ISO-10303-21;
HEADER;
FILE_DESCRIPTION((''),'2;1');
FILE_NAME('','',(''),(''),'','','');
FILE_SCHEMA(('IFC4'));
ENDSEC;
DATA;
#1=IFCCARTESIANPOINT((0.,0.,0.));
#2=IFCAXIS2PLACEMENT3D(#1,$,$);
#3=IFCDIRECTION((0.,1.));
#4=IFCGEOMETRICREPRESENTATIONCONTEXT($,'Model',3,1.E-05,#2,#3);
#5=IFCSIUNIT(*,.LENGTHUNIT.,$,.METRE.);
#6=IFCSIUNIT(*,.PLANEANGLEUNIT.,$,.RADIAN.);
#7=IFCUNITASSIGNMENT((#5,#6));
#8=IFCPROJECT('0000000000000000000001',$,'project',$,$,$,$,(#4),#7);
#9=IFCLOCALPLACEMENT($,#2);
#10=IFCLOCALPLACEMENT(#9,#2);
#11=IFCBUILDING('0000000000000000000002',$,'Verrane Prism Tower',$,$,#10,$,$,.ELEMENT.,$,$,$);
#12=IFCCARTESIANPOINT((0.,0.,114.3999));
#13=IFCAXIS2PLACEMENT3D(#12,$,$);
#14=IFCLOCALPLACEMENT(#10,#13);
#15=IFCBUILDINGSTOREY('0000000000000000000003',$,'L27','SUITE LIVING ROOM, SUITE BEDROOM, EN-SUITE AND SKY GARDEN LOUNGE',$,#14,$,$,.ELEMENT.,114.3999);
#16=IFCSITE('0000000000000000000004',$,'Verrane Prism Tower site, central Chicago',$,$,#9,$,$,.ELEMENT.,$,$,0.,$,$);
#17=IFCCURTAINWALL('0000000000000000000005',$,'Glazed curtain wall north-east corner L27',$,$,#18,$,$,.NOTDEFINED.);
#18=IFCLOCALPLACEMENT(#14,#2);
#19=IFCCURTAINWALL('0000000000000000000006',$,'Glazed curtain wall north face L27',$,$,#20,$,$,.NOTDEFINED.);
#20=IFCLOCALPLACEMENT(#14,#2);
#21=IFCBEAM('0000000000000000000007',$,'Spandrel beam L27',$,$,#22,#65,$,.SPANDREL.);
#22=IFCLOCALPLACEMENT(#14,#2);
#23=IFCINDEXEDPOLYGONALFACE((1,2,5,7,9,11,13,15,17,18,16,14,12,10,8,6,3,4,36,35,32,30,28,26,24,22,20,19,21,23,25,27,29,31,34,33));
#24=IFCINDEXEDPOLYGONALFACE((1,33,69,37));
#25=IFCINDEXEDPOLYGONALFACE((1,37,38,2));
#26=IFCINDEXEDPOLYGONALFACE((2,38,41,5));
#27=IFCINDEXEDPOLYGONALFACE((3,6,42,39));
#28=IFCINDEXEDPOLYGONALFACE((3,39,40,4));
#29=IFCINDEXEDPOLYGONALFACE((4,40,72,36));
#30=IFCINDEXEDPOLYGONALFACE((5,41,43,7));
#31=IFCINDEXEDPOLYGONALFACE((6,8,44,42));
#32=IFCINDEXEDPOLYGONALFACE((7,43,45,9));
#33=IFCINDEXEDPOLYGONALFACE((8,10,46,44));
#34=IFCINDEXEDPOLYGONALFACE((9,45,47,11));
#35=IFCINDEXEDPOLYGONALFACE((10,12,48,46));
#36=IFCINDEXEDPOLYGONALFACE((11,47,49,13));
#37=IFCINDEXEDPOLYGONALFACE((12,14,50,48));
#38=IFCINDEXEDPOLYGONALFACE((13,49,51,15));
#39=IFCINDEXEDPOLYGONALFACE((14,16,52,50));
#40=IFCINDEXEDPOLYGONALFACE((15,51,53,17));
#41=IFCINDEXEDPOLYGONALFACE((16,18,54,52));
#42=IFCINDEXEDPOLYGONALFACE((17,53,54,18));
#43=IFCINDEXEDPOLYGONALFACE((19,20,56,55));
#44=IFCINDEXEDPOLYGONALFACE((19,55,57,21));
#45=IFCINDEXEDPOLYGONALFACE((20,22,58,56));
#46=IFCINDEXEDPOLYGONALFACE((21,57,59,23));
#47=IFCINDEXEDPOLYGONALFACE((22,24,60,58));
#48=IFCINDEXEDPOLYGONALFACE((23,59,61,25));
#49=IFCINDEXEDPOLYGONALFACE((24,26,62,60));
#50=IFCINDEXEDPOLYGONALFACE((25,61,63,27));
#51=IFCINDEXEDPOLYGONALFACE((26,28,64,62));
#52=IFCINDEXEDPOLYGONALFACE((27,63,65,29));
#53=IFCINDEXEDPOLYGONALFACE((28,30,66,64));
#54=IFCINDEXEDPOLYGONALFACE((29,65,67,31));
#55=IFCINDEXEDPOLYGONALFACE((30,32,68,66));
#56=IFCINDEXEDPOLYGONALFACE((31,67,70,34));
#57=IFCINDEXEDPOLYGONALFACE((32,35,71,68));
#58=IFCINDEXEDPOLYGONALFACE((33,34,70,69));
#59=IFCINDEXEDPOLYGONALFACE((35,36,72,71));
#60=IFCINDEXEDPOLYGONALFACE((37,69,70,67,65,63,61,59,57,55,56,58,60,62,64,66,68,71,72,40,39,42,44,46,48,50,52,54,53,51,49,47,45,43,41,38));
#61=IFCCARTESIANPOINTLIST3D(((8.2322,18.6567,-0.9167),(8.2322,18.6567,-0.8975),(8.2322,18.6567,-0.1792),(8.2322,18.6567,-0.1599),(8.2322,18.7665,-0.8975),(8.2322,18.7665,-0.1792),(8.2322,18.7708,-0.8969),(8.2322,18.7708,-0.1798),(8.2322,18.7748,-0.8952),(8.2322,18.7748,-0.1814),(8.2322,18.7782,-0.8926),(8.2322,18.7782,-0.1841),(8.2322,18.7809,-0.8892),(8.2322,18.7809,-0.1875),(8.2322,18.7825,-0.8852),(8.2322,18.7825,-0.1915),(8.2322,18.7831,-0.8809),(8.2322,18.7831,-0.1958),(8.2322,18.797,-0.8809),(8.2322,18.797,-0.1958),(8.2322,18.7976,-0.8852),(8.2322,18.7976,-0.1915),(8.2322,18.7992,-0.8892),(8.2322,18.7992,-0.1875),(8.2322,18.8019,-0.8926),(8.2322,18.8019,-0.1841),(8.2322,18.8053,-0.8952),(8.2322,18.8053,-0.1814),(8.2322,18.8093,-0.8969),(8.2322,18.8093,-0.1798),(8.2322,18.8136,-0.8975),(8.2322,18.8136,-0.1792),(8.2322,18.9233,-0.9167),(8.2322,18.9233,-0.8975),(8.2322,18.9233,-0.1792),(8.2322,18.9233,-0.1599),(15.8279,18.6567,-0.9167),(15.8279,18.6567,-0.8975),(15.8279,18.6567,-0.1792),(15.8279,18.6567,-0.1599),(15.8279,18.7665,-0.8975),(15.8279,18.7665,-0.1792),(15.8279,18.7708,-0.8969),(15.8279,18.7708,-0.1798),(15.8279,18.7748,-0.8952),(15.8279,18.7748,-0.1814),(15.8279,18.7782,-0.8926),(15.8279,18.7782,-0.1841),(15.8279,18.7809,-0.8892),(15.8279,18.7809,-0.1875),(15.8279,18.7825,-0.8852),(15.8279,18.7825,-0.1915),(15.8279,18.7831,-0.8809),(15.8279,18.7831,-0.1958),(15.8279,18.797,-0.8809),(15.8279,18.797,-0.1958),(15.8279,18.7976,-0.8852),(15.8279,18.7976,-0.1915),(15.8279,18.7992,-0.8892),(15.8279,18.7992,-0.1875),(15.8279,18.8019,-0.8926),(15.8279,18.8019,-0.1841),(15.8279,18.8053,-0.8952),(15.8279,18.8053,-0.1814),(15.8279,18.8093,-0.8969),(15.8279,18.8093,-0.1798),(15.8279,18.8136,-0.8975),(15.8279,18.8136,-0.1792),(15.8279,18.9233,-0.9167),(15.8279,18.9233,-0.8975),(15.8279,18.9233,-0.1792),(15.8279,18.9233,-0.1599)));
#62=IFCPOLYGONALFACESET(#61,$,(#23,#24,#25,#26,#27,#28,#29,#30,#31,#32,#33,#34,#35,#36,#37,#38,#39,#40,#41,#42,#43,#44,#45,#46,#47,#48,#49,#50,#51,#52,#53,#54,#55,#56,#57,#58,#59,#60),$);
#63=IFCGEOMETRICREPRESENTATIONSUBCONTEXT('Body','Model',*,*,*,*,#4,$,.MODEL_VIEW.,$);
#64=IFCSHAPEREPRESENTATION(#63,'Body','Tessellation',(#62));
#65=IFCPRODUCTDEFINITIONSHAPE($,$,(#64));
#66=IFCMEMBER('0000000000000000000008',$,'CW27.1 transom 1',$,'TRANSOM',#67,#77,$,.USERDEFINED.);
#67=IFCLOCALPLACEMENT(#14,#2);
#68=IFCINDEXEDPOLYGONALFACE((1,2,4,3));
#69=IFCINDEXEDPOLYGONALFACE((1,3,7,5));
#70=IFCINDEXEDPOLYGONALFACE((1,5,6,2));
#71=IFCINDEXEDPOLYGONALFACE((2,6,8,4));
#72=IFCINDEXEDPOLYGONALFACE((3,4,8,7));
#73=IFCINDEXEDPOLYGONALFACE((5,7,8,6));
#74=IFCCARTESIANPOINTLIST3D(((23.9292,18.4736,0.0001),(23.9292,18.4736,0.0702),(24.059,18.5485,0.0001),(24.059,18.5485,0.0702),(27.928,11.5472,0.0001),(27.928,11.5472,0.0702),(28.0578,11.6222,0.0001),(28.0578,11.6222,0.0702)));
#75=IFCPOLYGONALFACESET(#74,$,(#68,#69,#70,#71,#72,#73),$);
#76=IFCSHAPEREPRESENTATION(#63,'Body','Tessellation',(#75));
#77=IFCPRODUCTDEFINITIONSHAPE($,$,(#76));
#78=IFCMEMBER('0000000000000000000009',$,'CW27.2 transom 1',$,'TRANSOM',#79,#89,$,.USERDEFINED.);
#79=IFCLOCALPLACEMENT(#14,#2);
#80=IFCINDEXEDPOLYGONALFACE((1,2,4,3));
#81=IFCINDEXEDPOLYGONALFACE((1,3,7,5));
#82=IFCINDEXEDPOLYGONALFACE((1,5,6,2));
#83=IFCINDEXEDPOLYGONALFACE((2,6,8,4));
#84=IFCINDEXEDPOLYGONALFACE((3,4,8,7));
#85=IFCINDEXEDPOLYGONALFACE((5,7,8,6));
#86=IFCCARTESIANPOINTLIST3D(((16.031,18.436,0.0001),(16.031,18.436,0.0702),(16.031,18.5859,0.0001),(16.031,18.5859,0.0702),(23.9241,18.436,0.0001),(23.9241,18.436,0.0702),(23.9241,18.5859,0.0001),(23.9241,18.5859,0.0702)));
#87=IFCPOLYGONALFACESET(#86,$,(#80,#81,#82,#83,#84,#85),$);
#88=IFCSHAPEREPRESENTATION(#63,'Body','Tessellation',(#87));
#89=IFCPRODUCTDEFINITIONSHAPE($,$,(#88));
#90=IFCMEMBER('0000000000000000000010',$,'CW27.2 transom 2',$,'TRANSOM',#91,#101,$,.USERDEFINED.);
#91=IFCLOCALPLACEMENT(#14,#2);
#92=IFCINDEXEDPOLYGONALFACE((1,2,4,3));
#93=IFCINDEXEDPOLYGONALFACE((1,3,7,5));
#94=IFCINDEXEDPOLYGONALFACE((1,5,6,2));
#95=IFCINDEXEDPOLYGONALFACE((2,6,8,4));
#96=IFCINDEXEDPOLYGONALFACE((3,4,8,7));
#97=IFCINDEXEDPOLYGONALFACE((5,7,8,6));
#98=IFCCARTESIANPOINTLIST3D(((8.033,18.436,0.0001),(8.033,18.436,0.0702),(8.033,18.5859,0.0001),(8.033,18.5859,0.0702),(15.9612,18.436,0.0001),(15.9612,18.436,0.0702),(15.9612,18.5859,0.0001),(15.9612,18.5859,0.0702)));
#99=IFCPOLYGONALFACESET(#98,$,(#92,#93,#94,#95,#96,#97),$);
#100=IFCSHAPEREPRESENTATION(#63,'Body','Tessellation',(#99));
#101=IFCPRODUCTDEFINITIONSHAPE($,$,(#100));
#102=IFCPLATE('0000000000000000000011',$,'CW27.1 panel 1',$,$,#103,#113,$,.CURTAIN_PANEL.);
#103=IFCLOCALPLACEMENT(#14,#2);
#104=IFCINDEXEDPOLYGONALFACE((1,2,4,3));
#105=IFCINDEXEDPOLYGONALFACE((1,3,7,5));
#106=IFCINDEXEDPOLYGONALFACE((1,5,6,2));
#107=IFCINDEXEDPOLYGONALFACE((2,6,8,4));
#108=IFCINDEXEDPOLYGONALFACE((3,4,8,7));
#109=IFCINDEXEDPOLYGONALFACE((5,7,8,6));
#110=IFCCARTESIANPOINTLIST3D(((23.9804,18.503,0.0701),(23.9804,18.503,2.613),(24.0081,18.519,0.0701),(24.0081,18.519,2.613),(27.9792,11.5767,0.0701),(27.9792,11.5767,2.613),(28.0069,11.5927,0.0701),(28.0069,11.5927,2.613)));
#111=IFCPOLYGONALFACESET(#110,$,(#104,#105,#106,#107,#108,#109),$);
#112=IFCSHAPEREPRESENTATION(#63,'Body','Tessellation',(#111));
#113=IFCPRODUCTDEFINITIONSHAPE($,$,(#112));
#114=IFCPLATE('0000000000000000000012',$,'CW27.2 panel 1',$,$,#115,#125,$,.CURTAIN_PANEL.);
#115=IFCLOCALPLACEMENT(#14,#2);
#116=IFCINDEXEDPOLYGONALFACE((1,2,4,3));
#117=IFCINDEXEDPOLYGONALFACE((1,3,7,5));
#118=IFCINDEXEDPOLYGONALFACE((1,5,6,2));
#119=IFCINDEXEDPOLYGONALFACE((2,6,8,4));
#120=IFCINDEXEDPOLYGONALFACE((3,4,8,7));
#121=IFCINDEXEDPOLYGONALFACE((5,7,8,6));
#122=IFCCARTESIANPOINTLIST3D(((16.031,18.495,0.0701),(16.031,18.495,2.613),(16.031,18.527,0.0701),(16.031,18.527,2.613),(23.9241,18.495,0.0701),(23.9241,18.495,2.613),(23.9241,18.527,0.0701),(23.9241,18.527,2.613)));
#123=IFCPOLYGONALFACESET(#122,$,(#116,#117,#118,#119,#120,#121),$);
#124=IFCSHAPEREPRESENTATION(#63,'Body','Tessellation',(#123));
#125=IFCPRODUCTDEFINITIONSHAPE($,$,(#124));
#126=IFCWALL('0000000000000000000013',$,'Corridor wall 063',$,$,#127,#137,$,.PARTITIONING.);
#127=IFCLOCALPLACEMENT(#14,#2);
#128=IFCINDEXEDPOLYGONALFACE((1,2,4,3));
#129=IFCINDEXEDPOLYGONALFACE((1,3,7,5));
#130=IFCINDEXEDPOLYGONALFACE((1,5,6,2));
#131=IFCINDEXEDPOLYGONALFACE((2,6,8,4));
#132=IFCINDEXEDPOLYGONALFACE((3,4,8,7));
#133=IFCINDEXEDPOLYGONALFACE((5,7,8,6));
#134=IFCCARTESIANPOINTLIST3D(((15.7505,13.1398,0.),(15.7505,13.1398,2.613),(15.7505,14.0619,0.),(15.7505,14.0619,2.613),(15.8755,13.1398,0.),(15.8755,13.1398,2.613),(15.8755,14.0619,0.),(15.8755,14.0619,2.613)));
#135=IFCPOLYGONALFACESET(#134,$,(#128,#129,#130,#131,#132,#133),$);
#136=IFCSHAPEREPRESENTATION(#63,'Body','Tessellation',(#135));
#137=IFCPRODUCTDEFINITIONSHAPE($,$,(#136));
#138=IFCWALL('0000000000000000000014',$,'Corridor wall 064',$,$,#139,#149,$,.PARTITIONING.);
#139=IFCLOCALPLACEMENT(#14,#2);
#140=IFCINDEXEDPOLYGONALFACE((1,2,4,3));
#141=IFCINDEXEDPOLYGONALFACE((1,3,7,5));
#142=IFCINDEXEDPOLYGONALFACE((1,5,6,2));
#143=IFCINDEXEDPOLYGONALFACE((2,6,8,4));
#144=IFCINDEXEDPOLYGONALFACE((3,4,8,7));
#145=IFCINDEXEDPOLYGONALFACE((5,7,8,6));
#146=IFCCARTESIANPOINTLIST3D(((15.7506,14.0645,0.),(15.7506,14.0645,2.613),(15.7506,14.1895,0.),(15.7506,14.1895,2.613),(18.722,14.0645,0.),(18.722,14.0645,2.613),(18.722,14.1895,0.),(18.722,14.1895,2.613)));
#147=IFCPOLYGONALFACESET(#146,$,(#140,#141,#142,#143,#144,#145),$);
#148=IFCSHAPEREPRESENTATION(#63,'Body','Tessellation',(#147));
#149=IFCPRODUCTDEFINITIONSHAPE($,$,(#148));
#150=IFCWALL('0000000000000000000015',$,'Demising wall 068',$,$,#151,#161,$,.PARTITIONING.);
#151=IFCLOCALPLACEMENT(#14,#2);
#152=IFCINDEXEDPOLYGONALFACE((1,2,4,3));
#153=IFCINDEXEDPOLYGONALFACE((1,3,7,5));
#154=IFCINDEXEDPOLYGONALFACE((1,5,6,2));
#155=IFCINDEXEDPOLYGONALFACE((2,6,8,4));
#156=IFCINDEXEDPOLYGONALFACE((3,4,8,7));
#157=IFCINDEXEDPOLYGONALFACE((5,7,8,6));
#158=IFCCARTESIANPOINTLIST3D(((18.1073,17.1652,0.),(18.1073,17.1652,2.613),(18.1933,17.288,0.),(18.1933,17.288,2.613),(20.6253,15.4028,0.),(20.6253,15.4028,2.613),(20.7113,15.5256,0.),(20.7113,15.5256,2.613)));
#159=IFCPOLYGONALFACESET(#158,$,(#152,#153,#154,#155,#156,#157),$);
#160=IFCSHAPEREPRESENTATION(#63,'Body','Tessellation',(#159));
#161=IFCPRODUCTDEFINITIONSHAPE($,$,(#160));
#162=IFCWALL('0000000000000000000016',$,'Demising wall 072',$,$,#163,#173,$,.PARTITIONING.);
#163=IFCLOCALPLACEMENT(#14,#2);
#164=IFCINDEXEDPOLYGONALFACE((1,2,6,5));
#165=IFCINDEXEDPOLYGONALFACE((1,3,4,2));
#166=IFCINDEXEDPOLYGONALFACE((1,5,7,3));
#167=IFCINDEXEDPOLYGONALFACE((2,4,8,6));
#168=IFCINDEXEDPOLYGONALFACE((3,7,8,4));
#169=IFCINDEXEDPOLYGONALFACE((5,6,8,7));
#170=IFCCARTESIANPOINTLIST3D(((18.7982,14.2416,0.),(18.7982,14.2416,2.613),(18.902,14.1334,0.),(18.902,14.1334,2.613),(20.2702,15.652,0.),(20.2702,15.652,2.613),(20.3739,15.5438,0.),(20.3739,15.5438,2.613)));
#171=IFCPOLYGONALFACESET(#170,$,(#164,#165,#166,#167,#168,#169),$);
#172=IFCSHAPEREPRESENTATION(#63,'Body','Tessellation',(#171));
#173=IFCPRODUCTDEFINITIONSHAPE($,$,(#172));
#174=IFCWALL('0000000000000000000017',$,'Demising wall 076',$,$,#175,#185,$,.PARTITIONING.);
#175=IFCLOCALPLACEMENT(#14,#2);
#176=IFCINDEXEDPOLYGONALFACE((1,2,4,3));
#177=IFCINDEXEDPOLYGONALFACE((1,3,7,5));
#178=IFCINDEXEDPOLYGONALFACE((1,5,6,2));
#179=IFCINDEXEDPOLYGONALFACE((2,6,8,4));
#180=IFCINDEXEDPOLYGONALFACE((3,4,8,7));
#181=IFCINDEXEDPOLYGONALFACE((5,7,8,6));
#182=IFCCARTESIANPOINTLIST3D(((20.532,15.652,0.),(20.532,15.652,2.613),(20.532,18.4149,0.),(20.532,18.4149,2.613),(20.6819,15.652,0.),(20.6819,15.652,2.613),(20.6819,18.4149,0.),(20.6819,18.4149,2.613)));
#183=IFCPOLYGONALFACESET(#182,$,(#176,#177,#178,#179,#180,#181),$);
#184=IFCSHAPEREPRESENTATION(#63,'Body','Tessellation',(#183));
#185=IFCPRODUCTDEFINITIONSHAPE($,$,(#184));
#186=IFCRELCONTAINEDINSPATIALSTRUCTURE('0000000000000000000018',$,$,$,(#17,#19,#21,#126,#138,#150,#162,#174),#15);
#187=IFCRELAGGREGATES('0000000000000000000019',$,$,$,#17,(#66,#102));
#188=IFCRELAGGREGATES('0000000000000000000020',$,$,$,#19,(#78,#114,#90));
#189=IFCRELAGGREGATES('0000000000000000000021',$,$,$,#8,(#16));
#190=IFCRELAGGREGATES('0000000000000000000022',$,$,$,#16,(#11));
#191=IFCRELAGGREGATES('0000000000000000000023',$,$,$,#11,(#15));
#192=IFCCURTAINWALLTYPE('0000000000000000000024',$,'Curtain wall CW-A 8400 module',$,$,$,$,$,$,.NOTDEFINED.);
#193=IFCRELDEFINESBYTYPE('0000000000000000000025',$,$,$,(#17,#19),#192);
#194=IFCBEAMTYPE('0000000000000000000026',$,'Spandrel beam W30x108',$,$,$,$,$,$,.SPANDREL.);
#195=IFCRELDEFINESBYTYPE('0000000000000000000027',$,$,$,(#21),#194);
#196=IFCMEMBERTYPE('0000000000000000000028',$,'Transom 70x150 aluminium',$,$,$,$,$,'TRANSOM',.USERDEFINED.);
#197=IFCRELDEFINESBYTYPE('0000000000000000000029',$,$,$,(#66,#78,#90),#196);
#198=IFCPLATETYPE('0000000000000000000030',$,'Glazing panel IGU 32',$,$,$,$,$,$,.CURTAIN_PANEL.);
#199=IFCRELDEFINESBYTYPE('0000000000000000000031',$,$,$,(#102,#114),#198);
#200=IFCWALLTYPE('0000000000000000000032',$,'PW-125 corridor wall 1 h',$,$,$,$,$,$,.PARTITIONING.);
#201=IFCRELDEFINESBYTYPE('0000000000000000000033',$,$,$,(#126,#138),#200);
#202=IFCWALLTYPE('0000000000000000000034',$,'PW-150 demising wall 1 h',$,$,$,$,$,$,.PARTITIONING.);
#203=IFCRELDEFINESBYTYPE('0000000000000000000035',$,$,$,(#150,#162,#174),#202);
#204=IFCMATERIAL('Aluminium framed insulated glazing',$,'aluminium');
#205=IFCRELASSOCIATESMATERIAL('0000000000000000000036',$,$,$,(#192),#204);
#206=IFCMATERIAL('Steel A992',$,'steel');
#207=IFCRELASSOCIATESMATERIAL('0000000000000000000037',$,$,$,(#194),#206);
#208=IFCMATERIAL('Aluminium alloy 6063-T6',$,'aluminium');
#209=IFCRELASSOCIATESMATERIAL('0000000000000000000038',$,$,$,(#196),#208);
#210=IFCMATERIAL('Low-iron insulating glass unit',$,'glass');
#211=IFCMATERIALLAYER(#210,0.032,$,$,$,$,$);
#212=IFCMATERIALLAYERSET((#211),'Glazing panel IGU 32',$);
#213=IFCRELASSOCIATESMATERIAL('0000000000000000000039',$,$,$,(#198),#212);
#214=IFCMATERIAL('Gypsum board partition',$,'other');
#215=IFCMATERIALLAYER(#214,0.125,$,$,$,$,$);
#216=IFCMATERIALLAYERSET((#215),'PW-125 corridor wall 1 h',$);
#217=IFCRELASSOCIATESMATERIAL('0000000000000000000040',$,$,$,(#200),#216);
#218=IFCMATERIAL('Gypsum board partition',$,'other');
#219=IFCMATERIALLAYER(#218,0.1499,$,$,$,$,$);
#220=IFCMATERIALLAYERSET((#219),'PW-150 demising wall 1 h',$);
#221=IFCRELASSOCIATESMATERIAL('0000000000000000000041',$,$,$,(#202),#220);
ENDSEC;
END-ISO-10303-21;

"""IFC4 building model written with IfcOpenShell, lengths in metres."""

from ifc_helpers import new_model, si_unit, direction, frame, frame_2d, origin, origin_2d, place, context, subcontext, project, spatial, rectangle, i_section, extrude, material, layer, layer_set, material_profile, profile_set, type_object, element, aggregate, save


model = new_model("IFC4")

# Units and contexts
model_context = context("Model", 3, precision=1e-05, world=origin(), true_north=direction((0.0, 1.0)))
body_context = subcontext(model_context, "Body", "Model", "MODEL_VIEW")
ifc_project = project(units=[si_unit("LENGTHUNIT", "METRE"), si_unit("PLANEANGLEUNIT", "RADIAN")], contexts=[model_context])

# Site, building, storey
site_placement = place(None, origin())
site = spatial("IfcSite", under=ifc_project, at=site_placement, Name="Verrane Prism Tower site, central Chicago", CompositionType="ELEMENT", RefElevation=0.0)
building_placement = place(site_placement, origin())
building = spatial("IfcBuilding", under=site, at=building_placement, Name="Verrane Prism Tower", CompositionType="ELEMENT")
storey_placement = place(building_placement, frame((0.0, 0.0, 114.3999)))
storey = spatial("IfcBuildingStorey", under=building, at=storey_placement, Name="L27", Description="SUITE LIVING ROOM, SUITE BEDROOM, EN-SUITE AND SKY GARDEN LOUNGE", CompositionType="ELEMENT", Elevation=114.3999)

# Curtain wall
ifc_material_1 = material(Name="Aluminium framed insulated glazing", Category="aluminium")
curtain_wall_type = type_object("IfcCurtainWallType", Name="Curtain wall CW-A 8400 module", PredefinedType="NOTDEFINED", material=ifc_material_1)
curtain_wall_1_placement = place(storey_placement, origin())
curtain_wall_1 = element("IfcCurtainWall", 1, at=curtain_wall_1_placement, inside=storey, type_object=curtain_wall_type, Name="Glazed curtain wall north-east corner L27", PredefinedType="NOTDEFINED")

# Curtain wall
curtain_wall_2_placement = place(storey_placement, origin())
curtain_wall_2 = element("IfcCurtainWall", 2, at=curtain_wall_2_placement, inside=storey, type_object=curtain_wall_type, Name="Glazed curtain wall north face L27", PredefinedType="NOTDEFINED")

# Beam
ifc_material_2 = material(Name="Steel A992", Category="steel")
ifc_material_profile_1 = material_profile(ifc_material_2, i_section(OverallWidth=0.2666, OverallDepth=0.7568, WebThickness=0.0139, FlangeThickness=0.0193, FilletRadius=0.0166, at=origin_2d()), Name="W30x108")
ifc_profile_set_1 = profile_set([ifc_material_profile_1], Name="Steel A992")
beam_type_1 = type_object("IfcBeamType", Name="Spandrel beam W30x108", PredefinedType="SPANDREL", material=ifc_profile_set_1)
beam_1_placement = place(storey_placement, frame((15.8279, 18.79, -0.5383), z_axis=(-1.0, 0.0, 0.0), x_axis=(0.0, -1.0, 0.0)))
element("IfcBeam", 3, at=beam_1_placement, inside=storey, type_object=beam_type_1, Name="Spandrel beam L27", PredefinedType="SPANDREL", context=body_context, shape_type="SweptSolid", body=[
    extrude(i_section(OverallWidth=0.2666, OverallDepth=0.7568, WebThickness=0.0139, FlangeThickness=0.0193, FilletRadius=0.0166, at=origin_2d()), origin(), (0.0, 0.0, 1.0), 7.5957),
])

# Members
ifc_material_3 = material(Name="Aluminium alloy 6063-T6", Category="aluminium")
ifc_material_profile_2 = material_profile(ifc_material_3, rectangle(XDim=0.1499, YDim=0.0701, at=origin_2d()), Name="Transom 70x150 aluminium")
ifc_profile_set_2 = profile_set([ifc_material_profile_2], Name="Aluminium alloy 6063-T6")
member_type_1 = type_object("IfcMemberType", Name="Transom 70x150 aluminium", ElementType="TRANSOM", PredefinedType="USERDEFINED", material=ifc_profile_set_2)
member_1_placement = place(storey_placement, frame((27.9929, 11.5847, 0.0352), z_axis=(-0.49999, 0.866031, 0.0), x_axis=(-0.866031, -0.49999, 0.0)))
member_1 = element("IfcMember", 4, at=member_1_placement, type_object=member_type_1, Name="CW27.1 transom 1", ObjectType="TRANSOM", PredefinedType="USERDEFINED", context=body_context, shape_type="SweptSolid", body=[
    extrude(rectangle(XDim=0.1499, YDim=0.0701, at=origin_2d()), origin(), (0.0, 0.0, 1.0), 7.9978),
])
member_2_placement = place(storey_placement, frame((23.9241, 18.511, 0.0352), z_axis=(-1.0, 0.0, 0.0), x_axis=(0.0, -1.0, 0.0)))
member_2 = element("IfcMember", 5, at=member_2_placement, type_object=member_type_1, Name="CW27.2 transom 1", ObjectType="TRANSOM", PredefinedType="USERDEFINED", context=body_context, shape_type="SweptSolid", body=[
    extrude(rectangle(XDim=0.1499, YDim=0.0701, at=origin_2d()), origin(), (0.0, 0.0, 1.0), 7.8931),
])
member_3_placement = place(storey_placement, frame((15.9612, 18.511, 0.0352), z_axis=(-1.0, 0.0, 0.0), x_axis=(0.0, -1.0, 0.0)))
member_3 = element("IfcMember", 6, at=member_3_placement, type_object=member_type_1, Name="CW27.2 transom 2", ObjectType="TRANSOM", PredefinedType="USERDEFINED", context=body_context, shape_type="SweptSolid", body=[
    extrude(rectangle(XDim=0.1499, YDim=0.0701, at=origin_2d()), origin(), (0.0, 0.0, 1.0), 7.9282),
])

# Plates
ifc_material_4 = material(Name="Low-iron insulating glass unit", Category="glass")
ifc_layer_1 = layer(ifc_material_4, 0.032)
ifc_layer_set_1 = layer_set([ifc_layer_1], Name="Glazing panel IGU 32")
plate_type = type_object("IfcPlateType", Name="Glazing panel IGU 32", PredefinedType="CURTAIN_PANEL", material=ifc_layer_set_1)
plate_1_placement = place(storey_placement, frame((25.9937, 15.0479, 0.0701), z_axis=(0.0, 0.0, 1.0), x_axis=(-0.499996, 0.866028, 0.0)))
plate_1 = element("IfcPlate", 7, at=plate_1_placement, type_object=plate_type, Name="CW27.1 panel 1", PredefinedType="CURTAIN_PANEL", context=body_context, shape_type="SweptSolid", body=[
    extrude(rectangle(XDim=7.9978, YDim=0.032, at=origin_2d()), origin(), (0.0, 0.0, 1.0), 2.543),
])
aggregate(curtain_wall_1, [member_1, plate_1])
plate_2_placement = place(storey_placement, frame((19.9775, 18.511, 0.0701), z_axis=(0.0, 0.0, 1.0), x_axis=(-1.0, 0.0, 0.0)))
plate_2 = element("IfcPlate", 8, at=plate_2_placement, type_object=plate_type, Name="CW27.2 panel 1", PredefinedType="CURTAIN_PANEL", context=body_context, shape_type="SweptSolid", body=[
    extrude(rectangle(XDim=7.8931, YDim=0.032, at=origin_2d()), origin(), (0.0, 0.0, 1.0), 2.543),
])
aggregate(curtain_wall_2, [member_2, plate_2, member_3])

# Walls
ifc_material_5 = material(Name="Gypsum board partition", Category="other")
ifc_layer_2 = layer(ifc_material_5, 0.125)
ifc_layer_set_2 = layer_set([ifc_layer_2], Name="PW-125 corridor wall 1 h")
wall_type_1 = type_object("IfcWallType", Name="PW-125 corridor wall 1 h", PredefinedType="PARTITIONING", material=ifc_layer_set_2)
wall_1_placement = place(storey_placement, frame((15.813, 13.1399, 0.0), z_axis=(0.0, 0.0, 1.0), x_axis=(0.0, 1.0, 0.0)))
element("IfcWall", 9, at=wall_1_placement, inside=storey, type_object=wall_type_1, Name="Corridor wall 063", PredefinedType="PARTITIONING", context=body_context, shape_type="SweptSolid", body=[
    extrude(rectangle(XDim=0.9221, YDim=0.125, at=frame_2d((0.4609, 0.0))), origin(), (0.0, 0.0, 1.0), 2.613),
])
wall_2_placement = place(storey_placement, frame((15.7505, 14.127, 0.0), z_axis=(0.0, 0.0, 1.0), x_axis=(1.0, 0.0, 0.0)))
element("IfcWall", 10, at=wall_2_placement, inside=storey, type_object=wall_type_1, Name="Corridor wall 064", PredefinedType="PARTITIONING", context=body_context, shape_type="SweptSolid", body=[
    extrude(rectangle(XDim=2.9714, YDim=0.125, at=frame_2d((1.4858, 0.0))), origin(), (0.0, 0.0, 1.0), 2.613),
])
ifc_material_6 = material(Name="Gypsum board partition", Category="other")
ifc_layer_3 = layer(ifc_material_6, 0.1499)
ifc_layer_set_3 = layer_set([ifc_layer_3], Name="PW-150 demising wall 1 h")
wall_type_2 = type_object("IfcWallType", Name="PW-150 demising wall 1 h", PredefinedType="PARTITIONING", material=ifc_layer_set_3)
wall_3_placement = place(storey_placement, frame((18.1504, 17.2266, 0.0), z_axis=(0.0, 0.0, 1.0), x_axis=(0.819262, -0.57342, 0.0)))
element("IfcWall", 11, at=wall_3_placement, inside=storey, type_object=wall_type_2, Name="Demising wall 068", PredefinedType="PARTITIONING", context=body_context, shape_type="SweptSolid", body=[
    extrude(rectangle(XDim=3.0735, YDim=0.1499, at=frame_2d((1.5366, 0.0))), origin(), (0.0, 0.0, 1.0), 2.613),
])
wall_4_placement = place(storey_placement, frame((18.8501, 14.1875, 0.0), z_axis=(0.0, 0.0, 1.0), x_axis=(0.722036, 0.691856, 0.0)))
element("IfcWall", 12, at=wall_4_placement, inside=storey, type_object=wall_type_2, Name="Demising wall 072", PredefinedType="PARTITIONING", context=body_context, shape_type="SweptSolid", body=[
    extrude(rectangle(XDim=2.0386, YDim=0.1499, at=frame_2d((1.0193, 0.0))), origin(), (0.0, 0.0, 1.0), 2.613),
])
wall_5_placement = place(storey_placement, frame((20.6069, 15.6521, 0.0), z_axis=(0.0, 0.0, 1.0), x_axis=(0.0, 1.0, 0.0)))
element("IfcWall", 13, at=wall_5_placement, inside=storey, type_object=wall_type_2, Name="Demising wall 076", PredefinedType="PARTITIONING", context=body_context, shape_type="SweptSolid", body=[
    extrude(rectangle(XDim=2.7629, YDim=0.1499, at=frame_2d((1.3813, 0.0))), origin(), (0.0, 0.0, 1.0), 2.613),
])

save(model, "model.ifc")
